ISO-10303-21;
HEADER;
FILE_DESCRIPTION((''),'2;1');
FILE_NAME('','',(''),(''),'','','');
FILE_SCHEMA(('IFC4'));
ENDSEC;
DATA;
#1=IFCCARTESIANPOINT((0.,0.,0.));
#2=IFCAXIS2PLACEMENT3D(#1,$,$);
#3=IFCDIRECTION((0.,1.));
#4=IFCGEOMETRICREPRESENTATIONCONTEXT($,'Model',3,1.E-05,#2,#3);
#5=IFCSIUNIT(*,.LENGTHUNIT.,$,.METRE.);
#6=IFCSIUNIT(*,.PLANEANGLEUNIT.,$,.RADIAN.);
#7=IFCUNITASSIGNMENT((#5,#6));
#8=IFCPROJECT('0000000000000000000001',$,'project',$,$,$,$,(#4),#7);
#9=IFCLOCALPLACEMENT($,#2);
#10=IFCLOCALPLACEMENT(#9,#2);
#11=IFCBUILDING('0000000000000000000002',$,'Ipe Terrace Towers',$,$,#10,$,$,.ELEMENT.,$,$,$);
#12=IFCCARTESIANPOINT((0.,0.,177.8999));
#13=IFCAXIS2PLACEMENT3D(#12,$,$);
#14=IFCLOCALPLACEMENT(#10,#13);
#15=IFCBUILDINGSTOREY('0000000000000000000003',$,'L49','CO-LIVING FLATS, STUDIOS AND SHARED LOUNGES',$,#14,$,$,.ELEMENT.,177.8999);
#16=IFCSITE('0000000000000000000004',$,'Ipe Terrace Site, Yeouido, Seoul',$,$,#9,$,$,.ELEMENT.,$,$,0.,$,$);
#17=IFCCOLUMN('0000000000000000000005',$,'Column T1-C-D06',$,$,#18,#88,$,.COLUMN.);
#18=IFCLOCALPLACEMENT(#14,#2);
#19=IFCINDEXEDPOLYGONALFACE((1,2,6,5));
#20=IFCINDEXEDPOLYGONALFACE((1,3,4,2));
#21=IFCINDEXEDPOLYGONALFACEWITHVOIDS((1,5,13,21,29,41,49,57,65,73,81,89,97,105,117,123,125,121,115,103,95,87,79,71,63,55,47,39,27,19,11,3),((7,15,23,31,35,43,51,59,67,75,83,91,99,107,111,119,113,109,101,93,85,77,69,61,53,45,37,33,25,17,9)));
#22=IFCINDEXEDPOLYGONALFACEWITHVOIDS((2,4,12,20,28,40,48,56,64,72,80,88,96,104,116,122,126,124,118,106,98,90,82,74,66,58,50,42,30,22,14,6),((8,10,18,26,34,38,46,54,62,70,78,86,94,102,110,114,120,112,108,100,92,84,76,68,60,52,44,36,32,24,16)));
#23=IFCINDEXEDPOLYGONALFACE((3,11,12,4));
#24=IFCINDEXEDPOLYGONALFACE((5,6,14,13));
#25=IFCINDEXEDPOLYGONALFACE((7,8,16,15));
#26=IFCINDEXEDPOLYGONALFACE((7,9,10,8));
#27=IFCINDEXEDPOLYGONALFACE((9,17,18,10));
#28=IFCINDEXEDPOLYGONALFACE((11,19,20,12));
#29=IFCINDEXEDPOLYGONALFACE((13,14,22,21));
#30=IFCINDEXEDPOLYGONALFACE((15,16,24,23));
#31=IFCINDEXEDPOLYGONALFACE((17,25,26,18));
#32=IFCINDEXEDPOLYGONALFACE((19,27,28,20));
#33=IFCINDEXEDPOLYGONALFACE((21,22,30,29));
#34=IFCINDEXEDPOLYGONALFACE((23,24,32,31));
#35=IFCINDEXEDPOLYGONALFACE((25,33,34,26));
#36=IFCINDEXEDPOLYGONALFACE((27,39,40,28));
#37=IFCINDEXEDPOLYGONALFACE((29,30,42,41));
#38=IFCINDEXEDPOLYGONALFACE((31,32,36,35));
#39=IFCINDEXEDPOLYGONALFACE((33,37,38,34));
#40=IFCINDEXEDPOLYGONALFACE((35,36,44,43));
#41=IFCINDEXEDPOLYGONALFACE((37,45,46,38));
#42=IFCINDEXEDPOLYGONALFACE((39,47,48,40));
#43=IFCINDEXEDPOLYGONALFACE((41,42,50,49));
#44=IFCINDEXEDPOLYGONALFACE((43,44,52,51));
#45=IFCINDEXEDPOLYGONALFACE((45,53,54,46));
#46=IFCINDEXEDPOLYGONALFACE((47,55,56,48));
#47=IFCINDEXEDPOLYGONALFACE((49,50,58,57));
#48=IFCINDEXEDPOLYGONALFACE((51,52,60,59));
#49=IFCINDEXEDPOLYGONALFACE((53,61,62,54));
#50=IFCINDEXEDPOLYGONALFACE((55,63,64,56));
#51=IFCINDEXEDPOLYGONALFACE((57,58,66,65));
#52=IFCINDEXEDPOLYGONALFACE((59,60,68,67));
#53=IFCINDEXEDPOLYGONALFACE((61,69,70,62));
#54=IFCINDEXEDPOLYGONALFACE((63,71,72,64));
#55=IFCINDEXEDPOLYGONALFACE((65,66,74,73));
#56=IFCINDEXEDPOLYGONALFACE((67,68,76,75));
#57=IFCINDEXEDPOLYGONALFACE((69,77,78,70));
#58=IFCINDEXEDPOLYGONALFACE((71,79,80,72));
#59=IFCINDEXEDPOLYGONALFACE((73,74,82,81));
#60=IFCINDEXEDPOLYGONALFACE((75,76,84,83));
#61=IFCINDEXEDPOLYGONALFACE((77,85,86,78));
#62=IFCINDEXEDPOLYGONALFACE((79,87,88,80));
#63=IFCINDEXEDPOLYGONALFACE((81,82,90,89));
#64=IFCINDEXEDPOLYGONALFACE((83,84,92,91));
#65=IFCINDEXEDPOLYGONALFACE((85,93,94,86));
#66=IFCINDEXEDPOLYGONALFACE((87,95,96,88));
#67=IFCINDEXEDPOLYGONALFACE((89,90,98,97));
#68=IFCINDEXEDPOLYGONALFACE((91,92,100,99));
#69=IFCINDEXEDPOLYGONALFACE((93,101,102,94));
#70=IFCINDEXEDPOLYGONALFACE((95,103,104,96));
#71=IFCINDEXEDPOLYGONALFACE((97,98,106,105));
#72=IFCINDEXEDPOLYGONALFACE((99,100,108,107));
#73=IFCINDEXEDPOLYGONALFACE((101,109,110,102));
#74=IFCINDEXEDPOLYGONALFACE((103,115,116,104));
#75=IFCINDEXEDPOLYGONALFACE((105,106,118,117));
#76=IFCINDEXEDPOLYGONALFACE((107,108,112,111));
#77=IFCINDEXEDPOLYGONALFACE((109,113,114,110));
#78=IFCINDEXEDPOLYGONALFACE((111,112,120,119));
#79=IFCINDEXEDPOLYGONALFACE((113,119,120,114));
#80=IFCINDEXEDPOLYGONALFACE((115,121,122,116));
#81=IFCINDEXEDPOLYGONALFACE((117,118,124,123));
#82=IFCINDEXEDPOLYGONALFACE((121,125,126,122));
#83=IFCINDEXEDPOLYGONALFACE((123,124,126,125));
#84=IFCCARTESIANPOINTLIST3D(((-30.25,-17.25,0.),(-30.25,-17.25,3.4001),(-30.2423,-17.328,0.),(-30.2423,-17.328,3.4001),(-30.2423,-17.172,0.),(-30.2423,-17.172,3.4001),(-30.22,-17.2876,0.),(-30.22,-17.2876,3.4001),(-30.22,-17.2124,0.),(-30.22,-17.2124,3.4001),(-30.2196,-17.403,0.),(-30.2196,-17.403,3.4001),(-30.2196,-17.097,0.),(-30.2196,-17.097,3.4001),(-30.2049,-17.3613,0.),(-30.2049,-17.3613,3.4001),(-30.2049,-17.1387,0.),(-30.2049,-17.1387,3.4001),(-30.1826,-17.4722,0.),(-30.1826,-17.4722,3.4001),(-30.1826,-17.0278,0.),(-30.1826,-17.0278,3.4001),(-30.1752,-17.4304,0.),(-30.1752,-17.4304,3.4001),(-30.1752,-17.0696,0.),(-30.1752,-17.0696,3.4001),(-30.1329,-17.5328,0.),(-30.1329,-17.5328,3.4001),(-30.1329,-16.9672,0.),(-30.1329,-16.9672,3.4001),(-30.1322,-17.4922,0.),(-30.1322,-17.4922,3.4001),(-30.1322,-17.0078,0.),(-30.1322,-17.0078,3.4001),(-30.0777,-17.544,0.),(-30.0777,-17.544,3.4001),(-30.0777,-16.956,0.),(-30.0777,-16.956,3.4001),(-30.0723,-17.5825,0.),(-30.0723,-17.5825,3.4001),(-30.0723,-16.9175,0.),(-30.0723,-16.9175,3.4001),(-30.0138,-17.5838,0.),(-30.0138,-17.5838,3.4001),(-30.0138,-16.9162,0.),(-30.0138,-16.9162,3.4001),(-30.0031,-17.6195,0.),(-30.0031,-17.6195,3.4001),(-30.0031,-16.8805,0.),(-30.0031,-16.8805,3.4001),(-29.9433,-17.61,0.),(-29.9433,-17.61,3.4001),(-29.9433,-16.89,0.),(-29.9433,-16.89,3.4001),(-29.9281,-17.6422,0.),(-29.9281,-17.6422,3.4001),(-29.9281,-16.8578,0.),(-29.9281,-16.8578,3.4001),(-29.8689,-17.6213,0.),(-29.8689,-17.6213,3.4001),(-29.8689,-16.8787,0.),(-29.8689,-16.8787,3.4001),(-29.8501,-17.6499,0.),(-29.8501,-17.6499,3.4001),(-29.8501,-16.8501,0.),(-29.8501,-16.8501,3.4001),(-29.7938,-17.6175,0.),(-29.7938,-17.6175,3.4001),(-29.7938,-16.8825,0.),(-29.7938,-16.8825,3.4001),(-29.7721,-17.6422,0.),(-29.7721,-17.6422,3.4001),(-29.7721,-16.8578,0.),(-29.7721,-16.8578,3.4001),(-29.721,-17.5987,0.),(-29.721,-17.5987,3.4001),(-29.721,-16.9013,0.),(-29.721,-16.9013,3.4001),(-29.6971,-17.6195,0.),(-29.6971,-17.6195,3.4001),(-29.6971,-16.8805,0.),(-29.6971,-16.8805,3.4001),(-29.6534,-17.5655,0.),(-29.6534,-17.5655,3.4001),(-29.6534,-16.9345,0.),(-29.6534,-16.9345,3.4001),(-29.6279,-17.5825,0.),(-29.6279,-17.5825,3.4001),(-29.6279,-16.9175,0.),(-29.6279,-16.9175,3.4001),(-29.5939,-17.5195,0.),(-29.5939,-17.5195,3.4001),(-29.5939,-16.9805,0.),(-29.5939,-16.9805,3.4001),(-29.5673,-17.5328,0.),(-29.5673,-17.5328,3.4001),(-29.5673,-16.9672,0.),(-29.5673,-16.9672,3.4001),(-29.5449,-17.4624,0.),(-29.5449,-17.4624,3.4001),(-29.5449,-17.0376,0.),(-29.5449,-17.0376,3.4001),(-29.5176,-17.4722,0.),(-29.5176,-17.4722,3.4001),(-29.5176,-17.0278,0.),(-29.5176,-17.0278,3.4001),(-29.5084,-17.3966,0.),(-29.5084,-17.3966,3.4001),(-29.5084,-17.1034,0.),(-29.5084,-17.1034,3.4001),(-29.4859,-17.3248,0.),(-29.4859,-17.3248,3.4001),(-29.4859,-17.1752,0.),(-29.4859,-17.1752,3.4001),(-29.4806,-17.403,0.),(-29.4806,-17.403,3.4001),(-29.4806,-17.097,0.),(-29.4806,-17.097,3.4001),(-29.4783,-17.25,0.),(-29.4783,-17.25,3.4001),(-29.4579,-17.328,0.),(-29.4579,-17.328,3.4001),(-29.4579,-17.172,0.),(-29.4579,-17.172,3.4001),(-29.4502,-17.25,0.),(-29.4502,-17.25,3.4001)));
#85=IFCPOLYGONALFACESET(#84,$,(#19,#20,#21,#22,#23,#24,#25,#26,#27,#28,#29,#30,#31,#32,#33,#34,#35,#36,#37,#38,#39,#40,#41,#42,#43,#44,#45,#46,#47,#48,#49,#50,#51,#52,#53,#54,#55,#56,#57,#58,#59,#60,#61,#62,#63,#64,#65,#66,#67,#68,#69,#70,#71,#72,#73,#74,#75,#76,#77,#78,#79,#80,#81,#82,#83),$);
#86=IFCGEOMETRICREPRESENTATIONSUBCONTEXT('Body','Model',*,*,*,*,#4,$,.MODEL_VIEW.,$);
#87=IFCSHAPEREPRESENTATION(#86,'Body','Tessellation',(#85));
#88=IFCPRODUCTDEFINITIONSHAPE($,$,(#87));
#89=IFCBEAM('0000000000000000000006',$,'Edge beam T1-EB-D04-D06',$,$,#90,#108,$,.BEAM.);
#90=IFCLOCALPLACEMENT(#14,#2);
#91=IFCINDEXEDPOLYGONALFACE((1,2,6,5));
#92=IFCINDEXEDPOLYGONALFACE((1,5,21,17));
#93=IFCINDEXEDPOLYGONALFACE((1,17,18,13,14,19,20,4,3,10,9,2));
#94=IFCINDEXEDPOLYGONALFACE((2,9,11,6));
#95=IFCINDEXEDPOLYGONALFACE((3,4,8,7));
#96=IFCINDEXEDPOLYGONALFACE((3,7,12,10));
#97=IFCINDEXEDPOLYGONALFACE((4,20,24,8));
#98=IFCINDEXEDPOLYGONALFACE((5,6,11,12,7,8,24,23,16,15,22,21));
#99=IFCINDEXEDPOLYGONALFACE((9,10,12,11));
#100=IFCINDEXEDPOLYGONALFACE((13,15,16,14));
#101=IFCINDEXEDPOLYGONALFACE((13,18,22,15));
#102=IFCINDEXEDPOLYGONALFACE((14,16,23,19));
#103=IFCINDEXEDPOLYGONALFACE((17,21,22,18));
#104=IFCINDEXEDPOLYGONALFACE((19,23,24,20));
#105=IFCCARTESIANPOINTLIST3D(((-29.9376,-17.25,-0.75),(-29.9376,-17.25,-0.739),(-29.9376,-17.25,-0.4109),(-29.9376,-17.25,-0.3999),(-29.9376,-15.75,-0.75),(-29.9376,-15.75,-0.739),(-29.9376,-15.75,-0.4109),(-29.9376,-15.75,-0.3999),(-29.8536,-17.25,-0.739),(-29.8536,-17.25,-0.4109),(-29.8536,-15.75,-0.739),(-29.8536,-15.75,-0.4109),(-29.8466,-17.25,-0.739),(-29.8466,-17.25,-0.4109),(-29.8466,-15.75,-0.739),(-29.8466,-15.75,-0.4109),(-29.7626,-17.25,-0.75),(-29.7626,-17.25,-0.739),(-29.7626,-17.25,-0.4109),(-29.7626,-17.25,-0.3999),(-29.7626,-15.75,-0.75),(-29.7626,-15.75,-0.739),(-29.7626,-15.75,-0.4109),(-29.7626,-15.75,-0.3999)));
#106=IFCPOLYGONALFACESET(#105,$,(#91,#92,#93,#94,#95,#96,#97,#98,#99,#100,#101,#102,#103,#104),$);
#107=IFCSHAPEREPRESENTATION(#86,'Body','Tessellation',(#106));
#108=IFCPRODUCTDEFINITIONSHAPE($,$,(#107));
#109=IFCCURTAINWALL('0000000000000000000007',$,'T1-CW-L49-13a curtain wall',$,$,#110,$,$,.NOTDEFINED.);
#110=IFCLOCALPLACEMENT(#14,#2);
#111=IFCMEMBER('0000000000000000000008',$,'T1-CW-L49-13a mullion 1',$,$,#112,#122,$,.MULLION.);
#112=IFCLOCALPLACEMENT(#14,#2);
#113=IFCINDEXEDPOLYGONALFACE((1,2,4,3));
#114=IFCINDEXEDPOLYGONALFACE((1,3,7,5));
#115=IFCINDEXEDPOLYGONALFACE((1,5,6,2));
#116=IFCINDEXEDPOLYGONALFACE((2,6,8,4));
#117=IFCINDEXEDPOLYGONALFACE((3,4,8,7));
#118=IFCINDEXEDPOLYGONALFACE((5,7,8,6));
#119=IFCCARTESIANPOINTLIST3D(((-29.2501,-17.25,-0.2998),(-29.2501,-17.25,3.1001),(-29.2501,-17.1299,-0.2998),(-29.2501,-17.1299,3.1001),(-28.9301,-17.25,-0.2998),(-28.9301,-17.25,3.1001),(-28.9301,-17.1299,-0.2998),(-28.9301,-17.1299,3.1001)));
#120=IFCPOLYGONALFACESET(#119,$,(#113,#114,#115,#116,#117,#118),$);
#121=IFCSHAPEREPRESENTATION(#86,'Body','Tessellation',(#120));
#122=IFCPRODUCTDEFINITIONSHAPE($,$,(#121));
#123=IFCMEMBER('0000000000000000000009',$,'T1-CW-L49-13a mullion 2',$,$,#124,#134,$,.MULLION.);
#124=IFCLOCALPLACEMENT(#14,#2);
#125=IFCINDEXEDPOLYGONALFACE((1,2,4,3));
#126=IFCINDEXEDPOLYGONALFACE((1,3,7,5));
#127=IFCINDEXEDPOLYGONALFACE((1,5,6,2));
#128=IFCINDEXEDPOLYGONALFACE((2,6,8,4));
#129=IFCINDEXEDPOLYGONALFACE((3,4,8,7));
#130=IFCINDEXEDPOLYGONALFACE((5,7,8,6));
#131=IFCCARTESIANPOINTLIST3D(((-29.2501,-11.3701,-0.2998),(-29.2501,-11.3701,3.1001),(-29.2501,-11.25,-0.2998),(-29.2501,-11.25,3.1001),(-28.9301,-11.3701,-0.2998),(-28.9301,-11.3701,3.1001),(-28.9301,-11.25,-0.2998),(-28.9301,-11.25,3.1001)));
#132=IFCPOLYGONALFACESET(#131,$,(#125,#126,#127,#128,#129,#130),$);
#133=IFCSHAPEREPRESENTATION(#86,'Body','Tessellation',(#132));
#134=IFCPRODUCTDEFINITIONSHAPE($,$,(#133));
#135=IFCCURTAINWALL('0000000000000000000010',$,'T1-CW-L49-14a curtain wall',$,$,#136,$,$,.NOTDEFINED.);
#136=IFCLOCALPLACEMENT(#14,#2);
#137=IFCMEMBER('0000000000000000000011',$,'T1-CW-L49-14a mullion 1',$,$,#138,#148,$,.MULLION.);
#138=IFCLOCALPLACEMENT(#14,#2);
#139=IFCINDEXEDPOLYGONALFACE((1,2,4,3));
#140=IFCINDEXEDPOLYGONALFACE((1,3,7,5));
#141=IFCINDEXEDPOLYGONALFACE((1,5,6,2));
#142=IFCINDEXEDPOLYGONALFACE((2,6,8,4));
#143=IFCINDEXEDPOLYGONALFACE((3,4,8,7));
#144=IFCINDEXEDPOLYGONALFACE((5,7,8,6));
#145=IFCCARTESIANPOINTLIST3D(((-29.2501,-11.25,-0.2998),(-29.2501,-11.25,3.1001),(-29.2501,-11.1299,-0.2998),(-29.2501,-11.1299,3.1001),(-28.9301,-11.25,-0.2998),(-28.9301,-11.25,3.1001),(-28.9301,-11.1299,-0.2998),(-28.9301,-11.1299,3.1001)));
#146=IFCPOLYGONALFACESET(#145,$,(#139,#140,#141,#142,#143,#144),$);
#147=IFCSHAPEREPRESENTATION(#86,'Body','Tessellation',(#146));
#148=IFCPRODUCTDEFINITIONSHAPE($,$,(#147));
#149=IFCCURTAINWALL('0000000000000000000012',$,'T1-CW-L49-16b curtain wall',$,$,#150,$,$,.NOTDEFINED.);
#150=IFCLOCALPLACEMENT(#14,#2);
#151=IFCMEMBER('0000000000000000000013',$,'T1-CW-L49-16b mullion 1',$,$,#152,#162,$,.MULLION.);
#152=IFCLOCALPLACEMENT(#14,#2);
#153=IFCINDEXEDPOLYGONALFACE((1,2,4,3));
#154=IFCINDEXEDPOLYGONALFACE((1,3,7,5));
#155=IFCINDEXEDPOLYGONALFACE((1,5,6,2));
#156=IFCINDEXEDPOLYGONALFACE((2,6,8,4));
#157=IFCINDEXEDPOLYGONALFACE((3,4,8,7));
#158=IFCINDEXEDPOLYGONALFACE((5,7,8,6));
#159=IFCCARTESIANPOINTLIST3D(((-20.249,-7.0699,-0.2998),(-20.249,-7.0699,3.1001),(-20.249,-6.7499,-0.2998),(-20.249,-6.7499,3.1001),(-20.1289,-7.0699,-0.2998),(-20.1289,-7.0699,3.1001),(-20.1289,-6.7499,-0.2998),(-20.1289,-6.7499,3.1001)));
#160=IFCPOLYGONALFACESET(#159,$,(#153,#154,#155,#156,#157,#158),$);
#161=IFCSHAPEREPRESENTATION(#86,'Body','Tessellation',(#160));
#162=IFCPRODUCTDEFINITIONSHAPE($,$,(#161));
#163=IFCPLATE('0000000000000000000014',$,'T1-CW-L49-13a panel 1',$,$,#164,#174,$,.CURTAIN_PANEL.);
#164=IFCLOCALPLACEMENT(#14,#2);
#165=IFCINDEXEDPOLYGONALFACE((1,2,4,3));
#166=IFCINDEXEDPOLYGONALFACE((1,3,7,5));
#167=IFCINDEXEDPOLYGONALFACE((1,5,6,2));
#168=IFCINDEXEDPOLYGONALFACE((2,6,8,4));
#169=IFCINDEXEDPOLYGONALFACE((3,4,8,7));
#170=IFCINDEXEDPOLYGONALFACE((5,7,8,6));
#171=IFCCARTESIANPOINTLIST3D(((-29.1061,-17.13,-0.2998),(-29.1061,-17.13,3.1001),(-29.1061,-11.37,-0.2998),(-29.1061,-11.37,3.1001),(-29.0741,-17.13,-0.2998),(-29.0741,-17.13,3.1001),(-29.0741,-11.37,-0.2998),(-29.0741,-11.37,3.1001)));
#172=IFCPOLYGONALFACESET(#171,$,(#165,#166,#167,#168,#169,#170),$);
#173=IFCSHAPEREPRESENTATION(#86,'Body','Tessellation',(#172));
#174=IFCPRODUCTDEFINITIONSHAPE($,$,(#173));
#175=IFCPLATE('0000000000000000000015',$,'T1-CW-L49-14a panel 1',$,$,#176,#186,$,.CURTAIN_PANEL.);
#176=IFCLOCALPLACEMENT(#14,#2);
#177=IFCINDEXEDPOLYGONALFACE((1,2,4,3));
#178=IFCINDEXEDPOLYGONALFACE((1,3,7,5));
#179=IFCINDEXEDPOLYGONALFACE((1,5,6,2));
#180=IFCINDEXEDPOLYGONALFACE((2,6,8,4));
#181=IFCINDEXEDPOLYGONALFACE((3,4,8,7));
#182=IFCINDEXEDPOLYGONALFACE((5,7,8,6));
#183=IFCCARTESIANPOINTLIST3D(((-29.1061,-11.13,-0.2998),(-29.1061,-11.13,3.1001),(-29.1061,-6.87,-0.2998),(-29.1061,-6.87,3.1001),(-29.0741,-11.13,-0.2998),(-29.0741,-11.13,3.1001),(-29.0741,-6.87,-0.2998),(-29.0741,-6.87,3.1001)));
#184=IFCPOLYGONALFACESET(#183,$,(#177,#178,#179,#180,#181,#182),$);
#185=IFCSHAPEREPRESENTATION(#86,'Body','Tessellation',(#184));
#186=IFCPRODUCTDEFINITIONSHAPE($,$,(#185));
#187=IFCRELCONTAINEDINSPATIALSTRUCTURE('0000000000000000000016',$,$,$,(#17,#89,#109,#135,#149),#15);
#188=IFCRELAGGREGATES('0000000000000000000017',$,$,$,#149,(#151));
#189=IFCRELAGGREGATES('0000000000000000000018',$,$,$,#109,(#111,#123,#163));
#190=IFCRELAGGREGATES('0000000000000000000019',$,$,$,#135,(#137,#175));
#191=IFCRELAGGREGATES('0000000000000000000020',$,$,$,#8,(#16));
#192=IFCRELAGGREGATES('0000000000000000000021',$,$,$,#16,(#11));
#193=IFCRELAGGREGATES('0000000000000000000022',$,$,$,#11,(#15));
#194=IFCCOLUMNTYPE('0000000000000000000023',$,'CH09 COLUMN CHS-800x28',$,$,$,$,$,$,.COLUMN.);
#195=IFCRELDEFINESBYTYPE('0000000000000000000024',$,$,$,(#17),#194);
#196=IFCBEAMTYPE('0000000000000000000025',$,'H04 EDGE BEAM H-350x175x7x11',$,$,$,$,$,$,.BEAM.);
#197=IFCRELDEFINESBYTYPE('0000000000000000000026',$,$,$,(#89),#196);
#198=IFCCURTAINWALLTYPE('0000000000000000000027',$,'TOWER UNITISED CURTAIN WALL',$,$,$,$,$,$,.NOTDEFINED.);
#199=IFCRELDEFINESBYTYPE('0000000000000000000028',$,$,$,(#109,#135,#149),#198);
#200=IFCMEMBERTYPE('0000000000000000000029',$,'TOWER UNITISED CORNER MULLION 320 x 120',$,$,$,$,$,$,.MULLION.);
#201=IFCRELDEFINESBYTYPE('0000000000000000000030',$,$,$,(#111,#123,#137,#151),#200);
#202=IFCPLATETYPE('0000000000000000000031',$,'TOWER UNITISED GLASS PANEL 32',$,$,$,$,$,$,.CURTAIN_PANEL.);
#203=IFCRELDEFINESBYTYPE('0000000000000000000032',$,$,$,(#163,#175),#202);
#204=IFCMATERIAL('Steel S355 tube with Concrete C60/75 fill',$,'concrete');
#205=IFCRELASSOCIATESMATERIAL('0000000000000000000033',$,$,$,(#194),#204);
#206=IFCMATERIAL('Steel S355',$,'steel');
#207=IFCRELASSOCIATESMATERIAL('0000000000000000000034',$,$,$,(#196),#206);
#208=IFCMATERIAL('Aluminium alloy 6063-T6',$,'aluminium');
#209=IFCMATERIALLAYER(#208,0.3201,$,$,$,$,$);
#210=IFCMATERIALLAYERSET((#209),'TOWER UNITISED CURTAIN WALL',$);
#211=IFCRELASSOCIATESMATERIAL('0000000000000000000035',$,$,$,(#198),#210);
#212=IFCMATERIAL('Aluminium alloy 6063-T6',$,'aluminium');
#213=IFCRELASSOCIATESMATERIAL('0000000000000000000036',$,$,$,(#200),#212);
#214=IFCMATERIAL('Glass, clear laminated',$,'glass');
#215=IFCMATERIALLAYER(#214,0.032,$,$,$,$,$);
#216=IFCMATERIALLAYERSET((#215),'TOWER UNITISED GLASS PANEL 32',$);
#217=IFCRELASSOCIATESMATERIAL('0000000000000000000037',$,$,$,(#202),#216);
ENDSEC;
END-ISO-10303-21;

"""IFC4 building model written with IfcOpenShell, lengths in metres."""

from ifc_helpers import new_model, si_unit, direction, frame, origin, origin_2d, place, context, subcontext, project, spatial, rectangle, hollow_circle, i_section, extrude, material, layer, layer_set, material_profile, profile_set, type_object, element, aggregate, save


model = new_model("IFC4")

# Units and contexts
model_context = context("Model", 3, precision=1e-05, world=origin(), true_north=direction((0.0, 1.0)))
body_context = subcontext(model_context, "Body", "Model", "MODEL_VIEW")
ifc_project = project(units=[si_unit("LENGTHUNIT", "METRE"), si_unit("PLANEANGLEUNIT", "RADIAN")], contexts=[model_context])

# Site, building, storey
site_placement = place(None, origin())
site = spatial("IfcSite", under=ifc_project, at=site_placement, Name="Ipe Terrace Site, Yeouido, Seoul", CompositionType="ELEMENT", RefElevation=0.0)
building_placement = place(site_placement, origin())
building = spatial("IfcBuilding", under=site, at=building_placement, Name="Ipe Terrace Towers", CompositionType="ELEMENT")
storey_placement = place(building_placement, frame((0.0, 0.0, 177.8999)))
storey = spatial("IfcBuildingStorey", under=building, at=storey_placement, Name="L49", Description="CO-LIVING FLATS, STUDIOS AND SHARED LOUNGES", CompositionType="ELEMENT", Elevation=177.8999)

# Column
ifc_material_1 = material(Name="Steel S355 tube with Concrete C60/75 fill", Category="concrete")
ifc_material_profile_1 = material_profile(ifc_material_1, hollow_circle(Radius=0.3999, WallThickness=0.0281, at=origin_2d()), Name="CHS-800x28")
ifc_profile_set_1 = profile_set([ifc_material_profile_1], Name="Steel S355 tube with Concrete C60/75 fill")
column_type = type_object("IfcColumnType", Name="CH09 COLUMN CHS-800x28", PredefinedType="COLUMN", material=ifc_profile_set_1)
column_placement = place(storey_placement, frame((-29.8501, -17.25, 0.0), z_axis=(0.0, 0.0, 1.0), x_axis=(1.0, 0.0, 0.0)))
element("IfcColumn", 1, at=column_placement, inside=storey, type_object=column_type, Name="Column T1-C-D06", PredefinedType="COLUMN", context=body_context, shape_type="SweptSolid", body=[
    extrude(hollow_circle(Radius=0.3999, WallThickness=0.0281, at=origin_2d()), origin(), (0.0, 0.0, 1.0), 3.4001),
])

# Beam
ifc_material_2 = material(Name="Steel S355", Category="steel")
ifc_material_profile_2 = material_profile(ifc_material_2, i_section(OverallWidth=0.175, OverallDepth=0.3501, WebThickness=0.0071, FlangeThickness=0.011, at=origin_2d()), Name="H-350x175x7x11")
ifc_profile_set_2 = profile_set([ifc_material_profile_2], Name="Steel S355")
beam_type = type_object("IfcBeamType", Name="H04 EDGE BEAM H-350x175x7x11", PredefinedType="BEAM", material=ifc_profile_set_2)
beam_placement = place(storey_placement, frame((-29.8501, -15.75, -0.575), z_axis=(0.0, -1.0, 0.0), x_axis=(1.0, 0.0, 0.0)))
element("IfcBeam", 2, at=beam_placement, inside=storey, type_object=beam_type, Name="Edge beam T1-EB-D04-D06", PredefinedType="BEAM", context=body_context, shape_type="SweptSolid", body=[
    extrude(i_section(OverallWidth=0.175, OverallDepth=0.3501, WebThickness=0.0071, FlangeThickness=0.011, at=origin_2d()), origin(), (0.0, 0.0, 1.0), 1.5),
])

# Curtain wall, members
ifc_material_3 = material(Name="Aluminium alloy 6063-T6", Category="aluminium")
ifc_layer_1 = layer(ifc_material_3, 0.3201)
ifc_layer_set_1 = layer_set([ifc_layer_1], Name="TOWER UNITISED CURTAIN WALL")
curtain_wall_type = type_object("IfcCurtainWallType", Name="TOWER UNITISED CURTAIN WALL", PredefinedType="NOTDEFINED", material=ifc_layer_set_1)
curtain_wall_1_placement = place(storey_placement, origin())
curtain_wall_1 = element("IfcCurtainWall", 3, at=curtain_wall_1_placement, inside=storey, type_object=curtain_wall_type, Name="T1-CW-L49-13a curtain wall", PredefinedType="NOTDEFINED")
ifc_material_4 = material(Name="Aluminium alloy 6063-T6", Category="aluminium")
ifc_material_profile_3 = material_profile(ifc_material_4, rectangle(XDim=0.3201, YDim=0.1201, at=origin_2d()), Name="TOWER UNITISED CORNER MULLION 320 x 120")
ifc_profile_set_3 = profile_set([ifc_material_profile_3], Name="Aluminium alloy 6063-T6")
member_type = type_object("IfcMemberType", Name="TOWER UNITISED CORNER MULLION 320 x 120", PredefinedType="MULLION", material=ifc_profile_set_3)
member_1_placement = place(storey_placement, frame((-29.0901, -17.1899, -0.2998), z_axis=(0.0, 0.0, 1.0), x_axis=(1.0, 0.0, 0.0)))
member_1 = element("IfcMember", 4, at=member_1_placement, type_object=member_type, Name="T1-CW-L49-13a mullion 1", PredefinedType="MULLION", context=body_context, shape_type="SweptSolid", body=[
    extrude(rectangle(XDim=0.3201, YDim=0.1201, at=origin_2d()), origin(), (0.0, 0.0, 1.0), 3.3999),
])
member_2_placement = place(storey_placement, frame((-29.0901, -11.3101, -0.2998), z_axis=(0.0, 0.0, 1.0), x_axis=(1.0, 0.0, 0.0)))
member_2 = element("IfcMember", 5, at=member_2_placement, type_object=member_type, Name="T1-CW-L49-13a mullion 2", PredefinedType="MULLION", context=body_context, shape_type="SweptSolid", body=[
    extrude(rectangle(XDim=0.3201, YDim=0.1201, at=origin_2d()), origin(), (0.0, 0.0, 1.0), 3.3999),
])

# Curtain walls, members
curtain_wall_2_placement = place(storey_placement, origin())
curtain_wall_2 = element("IfcCurtainWall", 6, at=curtain_wall_2_placement, inside=storey, type_object=curtain_wall_type, Name="T1-CW-L49-14a curtain wall", PredefinedType="NOTDEFINED")
member_3_placement = place(storey_placement, frame((-29.0901, -11.1899, -0.2998), z_axis=(0.0, 0.0, 1.0), x_axis=(1.0, 0.0, 0.0)))
member_3 = element("IfcMember", 7, at=member_3_placement, type_object=member_type, Name="T1-CW-L49-14a mullion 1", PredefinedType="MULLION", context=body_context, shape_type="SweptSolid", body=[
    extrude(rectangle(XDim=0.3201, YDim=0.1201, at=origin_2d()), origin(), (0.0, 0.0, 1.0), 3.3999),
])
curtain_wall_3_placement = place(storey_placement, origin())
curtain_wall_3 = element("IfcCurtainWall", 8, at=curtain_wall_3_placement, inside=storey, type_object=curtain_wall_type, Name="T1-CW-L49-16b curtain wall", PredefinedType="NOTDEFINED")
member_4_placement = place(storey_placement, frame((-20.189, -6.9099, -0.2998), z_axis=(0.0, 0.0, 1.0), x_axis=(0.0, -1.0, 0.0)))
member_4 = element("IfcMember", 9, at=member_4_placement, type_object=member_type, Name="T1-CW-L49-16b mullion 1", PredefinedType="MULLION", context=body_context, shape_type="SweptSolid", body=[
    extrude(rectangle(XDim=0.3201, YDim=0.1201, at=origin_2d()), origin(), (0.0, 0.0, 1.0), 3.3999),
])
aggregate(curtain_wall_3, [member_4])

# Plates
ifc_material_5 = material(Name="Glass, clear laminated", Category="glass")
ifc_layer_2 = layer(ifc_material_5, 0.032)
ifc_layer_set_2 = layer_set([ifc_layer_2], Name="TOWER UNITISED GLASS PANEL 32")
plate_type = type_object("IfcPlateType", Name="TOWER UNITISED GLASS PANEL 32", PredefinedType="CURTAIN_PANEL", material=ifc_layer_set_2)
plate_1_placement = place(storey_placement, frame((-29.0901, -14.25, -0.2998), z_axis=(0.0, 0.0, 1.0), x_axis=(0.0, 1.0, 0.0)))
plate_1 = element("IfcPlate", 10, at=plate_1_placement, type_object=plate_type, Name="T1-CW-L49-13a panel 1", PredefinedType="CURTAIN_PANEL", context=body_context, shape_type="SweptSolid", body=[
    extrude(rectangle(XDim=5.76, YDim=0.032, at=origin_2d()), origin(), (0.0, 0.0, 1.0), 3.3999),
])
aggregate(curtain_wall_1, [member_1, member_2, plate_1])
plate_2_placement = place(storey_placement, frame((-29.0901, -9.0, -0.2998), z_axis=(0.0, 0.0, 1.0), x_axis=(0.0, 1.0, 0.0)))
plate_2 = element("IfcPlate", 11, at=plate_2_placement, type_object=plate_type, Name="T1-CW-L49-14a panel 1", PredefinedType="CURTAIN_PANEL", context=body_context, shape_type="SweptSolid", body=[
    extrude(rectangle(XDim=4.26, YDim=0.032, at=origin_2d()), origin(), (0.0, 0.0, 1.0), 3.3999),
])
aggregate(curtain_wall_2, [member_3, plate_2])

save(model, "model.ifc")
